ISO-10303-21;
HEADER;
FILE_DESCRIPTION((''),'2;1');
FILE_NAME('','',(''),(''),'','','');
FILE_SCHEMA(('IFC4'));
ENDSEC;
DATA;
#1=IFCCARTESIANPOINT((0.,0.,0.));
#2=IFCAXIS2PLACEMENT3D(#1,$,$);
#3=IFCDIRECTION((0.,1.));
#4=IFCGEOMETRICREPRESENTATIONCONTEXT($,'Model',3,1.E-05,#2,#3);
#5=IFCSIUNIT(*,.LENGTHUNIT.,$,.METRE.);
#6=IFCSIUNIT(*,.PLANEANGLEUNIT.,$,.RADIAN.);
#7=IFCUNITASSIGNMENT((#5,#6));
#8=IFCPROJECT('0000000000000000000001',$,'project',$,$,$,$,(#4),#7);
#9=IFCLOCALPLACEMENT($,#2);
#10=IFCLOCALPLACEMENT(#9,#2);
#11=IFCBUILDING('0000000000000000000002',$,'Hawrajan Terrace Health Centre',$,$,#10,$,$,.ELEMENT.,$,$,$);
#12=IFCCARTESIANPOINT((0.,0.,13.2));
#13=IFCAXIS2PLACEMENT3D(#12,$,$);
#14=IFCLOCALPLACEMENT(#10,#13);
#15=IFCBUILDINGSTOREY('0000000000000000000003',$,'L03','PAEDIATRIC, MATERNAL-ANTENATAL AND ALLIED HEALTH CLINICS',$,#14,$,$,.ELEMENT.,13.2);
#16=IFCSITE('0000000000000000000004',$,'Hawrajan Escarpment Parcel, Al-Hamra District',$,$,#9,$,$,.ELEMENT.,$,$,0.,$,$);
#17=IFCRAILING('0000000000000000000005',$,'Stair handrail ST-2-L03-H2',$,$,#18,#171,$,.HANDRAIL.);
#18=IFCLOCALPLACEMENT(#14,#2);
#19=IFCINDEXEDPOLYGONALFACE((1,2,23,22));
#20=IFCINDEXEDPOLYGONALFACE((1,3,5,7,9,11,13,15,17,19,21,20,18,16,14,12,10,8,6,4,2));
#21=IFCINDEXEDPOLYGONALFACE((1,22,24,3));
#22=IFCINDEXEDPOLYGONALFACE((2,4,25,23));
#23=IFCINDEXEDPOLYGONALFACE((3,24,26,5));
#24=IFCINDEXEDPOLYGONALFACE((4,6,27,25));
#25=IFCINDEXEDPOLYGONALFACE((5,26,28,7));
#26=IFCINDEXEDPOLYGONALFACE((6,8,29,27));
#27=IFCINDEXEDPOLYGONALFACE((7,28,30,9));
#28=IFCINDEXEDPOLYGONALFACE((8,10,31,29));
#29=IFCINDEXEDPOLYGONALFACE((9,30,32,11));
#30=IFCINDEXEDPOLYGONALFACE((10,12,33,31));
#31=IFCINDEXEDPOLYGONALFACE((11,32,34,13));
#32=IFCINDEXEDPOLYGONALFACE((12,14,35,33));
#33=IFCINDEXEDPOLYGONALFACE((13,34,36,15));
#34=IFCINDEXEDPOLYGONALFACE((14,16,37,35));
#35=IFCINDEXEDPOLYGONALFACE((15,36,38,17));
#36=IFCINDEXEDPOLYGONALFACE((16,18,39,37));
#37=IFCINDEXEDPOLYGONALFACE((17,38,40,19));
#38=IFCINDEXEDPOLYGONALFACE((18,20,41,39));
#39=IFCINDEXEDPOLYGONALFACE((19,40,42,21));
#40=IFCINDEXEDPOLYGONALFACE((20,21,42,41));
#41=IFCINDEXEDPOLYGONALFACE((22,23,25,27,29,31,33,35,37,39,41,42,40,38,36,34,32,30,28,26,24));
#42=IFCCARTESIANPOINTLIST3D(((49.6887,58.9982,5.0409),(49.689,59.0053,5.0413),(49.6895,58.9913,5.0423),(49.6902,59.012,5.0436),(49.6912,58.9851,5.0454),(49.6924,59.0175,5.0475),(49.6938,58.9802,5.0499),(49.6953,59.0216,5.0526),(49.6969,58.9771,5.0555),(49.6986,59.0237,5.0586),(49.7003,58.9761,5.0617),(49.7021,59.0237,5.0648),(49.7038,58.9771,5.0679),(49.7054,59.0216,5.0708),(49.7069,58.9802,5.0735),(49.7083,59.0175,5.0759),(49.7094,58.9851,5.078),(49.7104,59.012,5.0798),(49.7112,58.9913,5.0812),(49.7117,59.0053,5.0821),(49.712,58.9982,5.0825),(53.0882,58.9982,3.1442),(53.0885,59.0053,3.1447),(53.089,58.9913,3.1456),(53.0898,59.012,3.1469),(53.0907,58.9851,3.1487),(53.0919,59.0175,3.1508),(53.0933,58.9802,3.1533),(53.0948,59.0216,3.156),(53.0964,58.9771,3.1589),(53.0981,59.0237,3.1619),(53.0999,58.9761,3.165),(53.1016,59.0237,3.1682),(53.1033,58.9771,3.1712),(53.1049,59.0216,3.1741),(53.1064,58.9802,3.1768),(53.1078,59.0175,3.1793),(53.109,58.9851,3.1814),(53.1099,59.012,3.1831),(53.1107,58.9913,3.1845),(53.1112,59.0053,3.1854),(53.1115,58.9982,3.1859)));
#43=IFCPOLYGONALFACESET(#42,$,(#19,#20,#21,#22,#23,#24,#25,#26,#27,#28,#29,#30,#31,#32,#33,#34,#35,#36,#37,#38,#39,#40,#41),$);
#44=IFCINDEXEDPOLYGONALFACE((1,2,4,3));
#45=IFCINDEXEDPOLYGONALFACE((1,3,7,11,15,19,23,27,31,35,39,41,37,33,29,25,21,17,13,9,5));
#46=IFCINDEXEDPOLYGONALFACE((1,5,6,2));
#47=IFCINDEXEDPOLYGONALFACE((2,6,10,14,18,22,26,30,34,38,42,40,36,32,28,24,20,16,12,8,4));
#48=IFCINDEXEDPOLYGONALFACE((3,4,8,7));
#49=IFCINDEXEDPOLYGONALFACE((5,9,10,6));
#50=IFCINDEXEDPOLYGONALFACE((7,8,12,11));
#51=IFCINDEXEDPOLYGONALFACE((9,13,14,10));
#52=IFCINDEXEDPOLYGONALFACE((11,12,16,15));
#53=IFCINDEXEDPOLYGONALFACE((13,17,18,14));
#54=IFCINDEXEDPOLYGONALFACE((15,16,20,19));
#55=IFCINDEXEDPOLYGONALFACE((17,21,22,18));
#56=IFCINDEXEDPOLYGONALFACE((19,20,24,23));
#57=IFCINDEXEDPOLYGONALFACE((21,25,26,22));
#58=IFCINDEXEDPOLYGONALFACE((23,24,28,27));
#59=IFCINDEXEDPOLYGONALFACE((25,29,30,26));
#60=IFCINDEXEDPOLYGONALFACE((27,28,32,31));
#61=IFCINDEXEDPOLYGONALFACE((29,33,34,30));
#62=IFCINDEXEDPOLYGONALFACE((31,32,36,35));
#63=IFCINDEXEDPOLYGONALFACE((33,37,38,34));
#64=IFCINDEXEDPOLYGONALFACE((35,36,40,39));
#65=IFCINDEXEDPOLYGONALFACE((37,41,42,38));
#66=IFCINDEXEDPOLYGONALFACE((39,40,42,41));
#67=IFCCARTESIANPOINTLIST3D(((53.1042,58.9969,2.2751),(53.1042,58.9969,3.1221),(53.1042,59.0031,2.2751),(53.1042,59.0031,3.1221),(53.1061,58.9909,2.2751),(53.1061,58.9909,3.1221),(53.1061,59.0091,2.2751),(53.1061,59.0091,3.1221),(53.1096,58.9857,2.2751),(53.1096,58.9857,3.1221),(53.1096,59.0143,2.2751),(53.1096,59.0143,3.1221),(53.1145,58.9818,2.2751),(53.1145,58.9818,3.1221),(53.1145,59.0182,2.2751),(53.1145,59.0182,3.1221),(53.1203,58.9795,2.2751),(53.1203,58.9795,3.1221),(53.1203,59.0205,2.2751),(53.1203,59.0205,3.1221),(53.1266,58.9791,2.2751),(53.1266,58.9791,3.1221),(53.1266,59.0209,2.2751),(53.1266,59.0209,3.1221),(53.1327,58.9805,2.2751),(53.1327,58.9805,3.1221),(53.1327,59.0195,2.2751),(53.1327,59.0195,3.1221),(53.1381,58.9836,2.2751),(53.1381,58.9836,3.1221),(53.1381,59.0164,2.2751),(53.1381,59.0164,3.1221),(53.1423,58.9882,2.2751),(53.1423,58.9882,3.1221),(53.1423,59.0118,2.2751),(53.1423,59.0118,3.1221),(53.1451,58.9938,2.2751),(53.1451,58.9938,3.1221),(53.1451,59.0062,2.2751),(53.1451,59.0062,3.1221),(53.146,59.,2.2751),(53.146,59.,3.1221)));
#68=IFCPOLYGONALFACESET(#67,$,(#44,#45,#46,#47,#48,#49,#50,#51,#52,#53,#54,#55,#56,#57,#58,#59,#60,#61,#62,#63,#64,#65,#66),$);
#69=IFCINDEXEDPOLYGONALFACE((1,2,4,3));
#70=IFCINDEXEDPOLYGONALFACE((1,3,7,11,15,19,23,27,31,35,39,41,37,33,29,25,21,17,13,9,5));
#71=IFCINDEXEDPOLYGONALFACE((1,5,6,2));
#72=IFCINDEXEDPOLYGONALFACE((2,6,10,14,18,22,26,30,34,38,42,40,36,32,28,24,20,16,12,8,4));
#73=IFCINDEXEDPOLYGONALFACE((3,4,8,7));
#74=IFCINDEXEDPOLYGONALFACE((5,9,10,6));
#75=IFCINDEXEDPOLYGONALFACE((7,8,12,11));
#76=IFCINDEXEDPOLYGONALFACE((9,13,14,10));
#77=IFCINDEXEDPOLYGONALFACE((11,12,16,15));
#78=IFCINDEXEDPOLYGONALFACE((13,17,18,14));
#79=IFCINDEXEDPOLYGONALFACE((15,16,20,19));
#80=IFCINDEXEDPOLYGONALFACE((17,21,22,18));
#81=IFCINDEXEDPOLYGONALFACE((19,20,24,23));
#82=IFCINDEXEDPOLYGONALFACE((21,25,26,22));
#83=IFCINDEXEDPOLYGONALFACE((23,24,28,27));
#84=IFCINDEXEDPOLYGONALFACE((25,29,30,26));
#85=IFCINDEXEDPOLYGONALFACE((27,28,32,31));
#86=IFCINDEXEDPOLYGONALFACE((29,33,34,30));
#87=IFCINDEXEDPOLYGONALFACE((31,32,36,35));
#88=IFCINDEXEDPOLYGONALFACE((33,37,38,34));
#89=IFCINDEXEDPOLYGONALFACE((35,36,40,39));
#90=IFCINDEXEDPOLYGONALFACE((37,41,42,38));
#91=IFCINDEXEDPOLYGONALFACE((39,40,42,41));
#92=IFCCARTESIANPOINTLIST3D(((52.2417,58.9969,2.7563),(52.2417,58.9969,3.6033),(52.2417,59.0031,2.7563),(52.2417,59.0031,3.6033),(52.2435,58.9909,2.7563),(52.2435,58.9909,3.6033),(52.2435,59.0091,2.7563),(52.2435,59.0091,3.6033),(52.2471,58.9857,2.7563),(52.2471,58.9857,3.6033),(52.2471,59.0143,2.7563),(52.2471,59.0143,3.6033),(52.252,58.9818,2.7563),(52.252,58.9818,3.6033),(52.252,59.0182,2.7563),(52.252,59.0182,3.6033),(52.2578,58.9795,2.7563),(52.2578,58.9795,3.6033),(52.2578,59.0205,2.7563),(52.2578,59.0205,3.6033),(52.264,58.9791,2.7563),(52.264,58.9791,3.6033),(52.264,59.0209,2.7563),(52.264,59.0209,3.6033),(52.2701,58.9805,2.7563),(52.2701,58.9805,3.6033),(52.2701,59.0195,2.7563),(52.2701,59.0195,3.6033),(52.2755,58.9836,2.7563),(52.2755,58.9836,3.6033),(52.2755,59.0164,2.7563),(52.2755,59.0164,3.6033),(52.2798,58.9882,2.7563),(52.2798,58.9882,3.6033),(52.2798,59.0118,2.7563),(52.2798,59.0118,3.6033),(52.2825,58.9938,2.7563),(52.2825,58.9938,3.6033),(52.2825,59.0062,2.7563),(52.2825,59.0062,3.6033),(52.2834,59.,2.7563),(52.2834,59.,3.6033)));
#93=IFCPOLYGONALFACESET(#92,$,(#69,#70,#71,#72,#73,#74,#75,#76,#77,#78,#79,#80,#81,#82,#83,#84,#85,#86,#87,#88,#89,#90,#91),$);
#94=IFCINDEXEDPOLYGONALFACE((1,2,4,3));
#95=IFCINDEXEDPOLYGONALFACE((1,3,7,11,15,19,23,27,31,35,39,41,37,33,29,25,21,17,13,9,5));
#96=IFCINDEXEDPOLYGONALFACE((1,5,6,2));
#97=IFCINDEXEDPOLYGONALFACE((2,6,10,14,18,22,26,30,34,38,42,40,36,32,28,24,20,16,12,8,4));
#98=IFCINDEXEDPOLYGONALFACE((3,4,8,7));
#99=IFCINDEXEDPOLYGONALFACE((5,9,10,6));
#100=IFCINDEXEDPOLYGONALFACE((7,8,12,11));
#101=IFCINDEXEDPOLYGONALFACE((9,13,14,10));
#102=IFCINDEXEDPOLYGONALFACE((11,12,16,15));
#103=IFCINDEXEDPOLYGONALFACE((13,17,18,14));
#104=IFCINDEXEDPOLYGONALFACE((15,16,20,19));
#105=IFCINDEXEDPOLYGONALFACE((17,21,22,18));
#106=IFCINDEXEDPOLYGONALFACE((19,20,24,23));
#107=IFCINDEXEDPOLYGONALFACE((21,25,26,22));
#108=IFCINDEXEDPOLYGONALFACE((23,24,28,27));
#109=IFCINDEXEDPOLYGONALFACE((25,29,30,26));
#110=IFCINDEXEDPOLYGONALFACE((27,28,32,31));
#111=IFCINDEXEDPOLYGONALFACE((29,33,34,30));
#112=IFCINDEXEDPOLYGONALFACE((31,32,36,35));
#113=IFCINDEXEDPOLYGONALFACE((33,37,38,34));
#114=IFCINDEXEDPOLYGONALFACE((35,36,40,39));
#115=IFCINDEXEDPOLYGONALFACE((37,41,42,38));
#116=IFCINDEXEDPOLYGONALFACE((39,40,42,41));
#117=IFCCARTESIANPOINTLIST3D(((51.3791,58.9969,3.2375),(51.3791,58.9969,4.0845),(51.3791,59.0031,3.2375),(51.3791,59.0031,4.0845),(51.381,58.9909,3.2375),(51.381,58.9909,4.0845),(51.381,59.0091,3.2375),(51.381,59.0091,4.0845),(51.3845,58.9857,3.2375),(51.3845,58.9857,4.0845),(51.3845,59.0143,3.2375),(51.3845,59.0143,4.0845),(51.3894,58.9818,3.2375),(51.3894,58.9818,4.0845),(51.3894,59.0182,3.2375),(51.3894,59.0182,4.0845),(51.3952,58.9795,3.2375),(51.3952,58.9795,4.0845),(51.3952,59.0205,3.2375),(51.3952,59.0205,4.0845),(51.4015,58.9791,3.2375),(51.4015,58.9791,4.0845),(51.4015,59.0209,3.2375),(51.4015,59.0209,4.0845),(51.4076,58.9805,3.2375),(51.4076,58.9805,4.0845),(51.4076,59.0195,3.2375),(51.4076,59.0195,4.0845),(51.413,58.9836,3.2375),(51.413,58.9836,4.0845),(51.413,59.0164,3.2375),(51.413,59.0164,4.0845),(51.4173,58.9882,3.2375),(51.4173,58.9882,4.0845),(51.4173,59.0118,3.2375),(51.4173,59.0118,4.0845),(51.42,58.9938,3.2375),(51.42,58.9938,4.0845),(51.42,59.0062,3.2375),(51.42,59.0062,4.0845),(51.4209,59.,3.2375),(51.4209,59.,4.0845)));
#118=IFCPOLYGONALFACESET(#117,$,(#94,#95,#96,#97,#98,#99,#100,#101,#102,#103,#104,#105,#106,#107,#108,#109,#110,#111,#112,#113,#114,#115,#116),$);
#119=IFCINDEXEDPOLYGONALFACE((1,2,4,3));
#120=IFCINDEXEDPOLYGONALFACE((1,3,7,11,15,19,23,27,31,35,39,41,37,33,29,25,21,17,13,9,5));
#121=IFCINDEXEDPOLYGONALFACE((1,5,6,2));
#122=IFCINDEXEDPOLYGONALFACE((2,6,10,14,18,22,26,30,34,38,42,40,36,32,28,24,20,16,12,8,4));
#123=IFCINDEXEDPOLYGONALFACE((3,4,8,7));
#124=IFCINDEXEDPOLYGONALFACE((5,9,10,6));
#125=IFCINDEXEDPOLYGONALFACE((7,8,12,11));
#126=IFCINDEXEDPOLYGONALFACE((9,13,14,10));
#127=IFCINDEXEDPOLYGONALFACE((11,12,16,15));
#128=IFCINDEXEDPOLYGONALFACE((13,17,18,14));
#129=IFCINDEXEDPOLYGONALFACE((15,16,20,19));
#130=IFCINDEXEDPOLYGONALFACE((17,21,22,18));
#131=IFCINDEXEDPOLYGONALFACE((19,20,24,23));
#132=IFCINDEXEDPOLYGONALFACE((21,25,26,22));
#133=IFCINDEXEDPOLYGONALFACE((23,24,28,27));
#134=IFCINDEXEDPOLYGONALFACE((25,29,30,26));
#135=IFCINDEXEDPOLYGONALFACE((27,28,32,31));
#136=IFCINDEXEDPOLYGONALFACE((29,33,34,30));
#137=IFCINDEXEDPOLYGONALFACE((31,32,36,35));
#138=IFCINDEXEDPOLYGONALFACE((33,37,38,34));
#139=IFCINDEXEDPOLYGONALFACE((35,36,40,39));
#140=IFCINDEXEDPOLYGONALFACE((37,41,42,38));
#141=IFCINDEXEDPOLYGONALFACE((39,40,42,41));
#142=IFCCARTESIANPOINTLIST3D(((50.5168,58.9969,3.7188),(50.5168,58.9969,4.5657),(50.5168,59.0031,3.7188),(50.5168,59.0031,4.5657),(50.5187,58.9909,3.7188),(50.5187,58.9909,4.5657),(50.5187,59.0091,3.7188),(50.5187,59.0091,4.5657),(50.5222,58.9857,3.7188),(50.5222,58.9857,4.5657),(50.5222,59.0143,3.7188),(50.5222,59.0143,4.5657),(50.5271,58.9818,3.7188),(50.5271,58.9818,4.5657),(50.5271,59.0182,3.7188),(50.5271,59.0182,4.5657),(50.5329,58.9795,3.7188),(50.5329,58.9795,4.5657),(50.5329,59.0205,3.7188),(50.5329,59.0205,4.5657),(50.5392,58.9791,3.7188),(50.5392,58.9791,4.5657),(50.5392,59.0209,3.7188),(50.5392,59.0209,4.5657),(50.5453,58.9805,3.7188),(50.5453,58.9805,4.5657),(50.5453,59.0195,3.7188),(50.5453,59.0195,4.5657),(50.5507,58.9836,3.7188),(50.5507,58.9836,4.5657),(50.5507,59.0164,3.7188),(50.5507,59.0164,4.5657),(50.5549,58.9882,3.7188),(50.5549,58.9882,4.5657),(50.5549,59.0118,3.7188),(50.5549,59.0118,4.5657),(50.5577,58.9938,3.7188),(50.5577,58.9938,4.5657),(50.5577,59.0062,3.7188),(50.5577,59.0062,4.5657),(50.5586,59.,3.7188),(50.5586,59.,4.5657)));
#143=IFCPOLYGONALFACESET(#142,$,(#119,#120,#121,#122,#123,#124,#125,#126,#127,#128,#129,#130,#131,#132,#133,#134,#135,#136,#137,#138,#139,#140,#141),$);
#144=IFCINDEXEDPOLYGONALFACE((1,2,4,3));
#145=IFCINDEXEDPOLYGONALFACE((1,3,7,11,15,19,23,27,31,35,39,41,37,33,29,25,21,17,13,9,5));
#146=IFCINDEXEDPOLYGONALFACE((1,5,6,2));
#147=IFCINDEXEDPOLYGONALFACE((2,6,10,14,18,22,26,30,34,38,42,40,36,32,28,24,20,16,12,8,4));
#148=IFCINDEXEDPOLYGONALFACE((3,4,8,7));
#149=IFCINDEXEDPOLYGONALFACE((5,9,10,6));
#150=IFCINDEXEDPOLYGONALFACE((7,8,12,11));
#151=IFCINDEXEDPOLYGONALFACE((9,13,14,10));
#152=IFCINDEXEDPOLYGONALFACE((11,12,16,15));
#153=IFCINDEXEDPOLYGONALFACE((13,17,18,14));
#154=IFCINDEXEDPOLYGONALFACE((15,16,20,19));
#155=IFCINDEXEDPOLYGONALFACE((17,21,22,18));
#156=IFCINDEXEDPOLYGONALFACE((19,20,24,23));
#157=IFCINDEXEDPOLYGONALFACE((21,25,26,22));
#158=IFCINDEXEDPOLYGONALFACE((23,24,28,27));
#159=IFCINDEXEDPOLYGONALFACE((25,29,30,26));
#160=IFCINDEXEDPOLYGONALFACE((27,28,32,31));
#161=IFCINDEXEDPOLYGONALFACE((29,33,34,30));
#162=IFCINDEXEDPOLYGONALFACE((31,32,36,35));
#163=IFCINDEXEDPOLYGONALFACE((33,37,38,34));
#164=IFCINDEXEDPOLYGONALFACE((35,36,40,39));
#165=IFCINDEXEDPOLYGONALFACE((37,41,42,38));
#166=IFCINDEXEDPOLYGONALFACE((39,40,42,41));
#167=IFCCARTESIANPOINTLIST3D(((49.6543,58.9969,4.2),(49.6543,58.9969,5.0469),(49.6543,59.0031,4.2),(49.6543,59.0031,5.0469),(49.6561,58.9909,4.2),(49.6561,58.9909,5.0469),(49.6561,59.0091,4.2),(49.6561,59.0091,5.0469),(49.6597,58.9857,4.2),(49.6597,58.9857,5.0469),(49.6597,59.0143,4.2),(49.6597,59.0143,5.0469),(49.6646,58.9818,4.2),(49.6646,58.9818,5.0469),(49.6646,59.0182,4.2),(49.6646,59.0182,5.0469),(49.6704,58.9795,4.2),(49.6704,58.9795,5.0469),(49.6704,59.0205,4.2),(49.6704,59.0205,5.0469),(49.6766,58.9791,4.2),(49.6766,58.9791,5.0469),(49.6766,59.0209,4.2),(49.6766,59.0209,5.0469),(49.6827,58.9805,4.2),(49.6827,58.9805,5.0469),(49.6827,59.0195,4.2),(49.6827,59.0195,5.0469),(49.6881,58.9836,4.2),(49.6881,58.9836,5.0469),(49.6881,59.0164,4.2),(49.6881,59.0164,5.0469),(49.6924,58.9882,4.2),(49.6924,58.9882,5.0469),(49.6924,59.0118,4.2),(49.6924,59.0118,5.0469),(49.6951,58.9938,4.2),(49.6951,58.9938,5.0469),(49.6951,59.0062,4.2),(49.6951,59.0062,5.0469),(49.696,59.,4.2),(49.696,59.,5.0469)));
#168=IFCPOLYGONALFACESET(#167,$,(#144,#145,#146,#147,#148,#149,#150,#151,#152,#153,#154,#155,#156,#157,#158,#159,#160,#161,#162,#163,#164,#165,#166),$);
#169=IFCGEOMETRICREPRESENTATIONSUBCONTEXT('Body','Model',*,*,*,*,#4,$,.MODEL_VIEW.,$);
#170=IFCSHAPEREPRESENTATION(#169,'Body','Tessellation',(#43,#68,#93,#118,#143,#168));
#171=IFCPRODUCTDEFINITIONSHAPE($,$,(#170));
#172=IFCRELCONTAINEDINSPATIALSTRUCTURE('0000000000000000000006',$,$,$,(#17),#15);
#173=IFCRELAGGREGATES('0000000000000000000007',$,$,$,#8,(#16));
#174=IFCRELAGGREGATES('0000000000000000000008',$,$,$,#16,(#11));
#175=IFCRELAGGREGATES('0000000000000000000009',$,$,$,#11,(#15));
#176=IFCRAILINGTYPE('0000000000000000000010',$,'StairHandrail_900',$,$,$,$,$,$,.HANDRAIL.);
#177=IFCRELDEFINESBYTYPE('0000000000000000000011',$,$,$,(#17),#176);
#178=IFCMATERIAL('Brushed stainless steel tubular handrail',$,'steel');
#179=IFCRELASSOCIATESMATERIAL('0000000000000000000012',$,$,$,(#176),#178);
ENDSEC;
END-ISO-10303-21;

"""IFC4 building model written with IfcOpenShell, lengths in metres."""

from ifc_helpers import new_model, si_unit, direction, frame, origin, origin_2d, place, context, subcontext, project, spatial, circle, extrude, material, type_object, element, save


model = new_model("IFC4")

# Units and contexts
model_context = context("Model", 3, precision=1e-05, world=origin(), true_north=direction((0.0, 1.0)))
body_context = subcontext(model_context, "Body", "Model", "MODEL_VIEW")
ifc_project = project(units=[si_unit("LENGTHUNIT", "METRE"), si_unit("PLANEANGLEUNIT", "RADIAN")], contexts=[model_context])

# Site, building, storey
site_placement = place(None, origin())
site = spatial("IfcSite", under=ifc_project, at=site_placement, Name="Hawrajan Escarpment Parcel, Al-Hamra District", CompositionType="ELEMENT", RefElevation=0.0)
building_placement = place(site_placement, origin())
building = spatial("IfcBuilding", under=site, at=building_placement, Name="Hawrajan Terrace Health Centre", CompositionType="ELEMENT")
storey_placement = place(building_placement, frame((0.0, 0.0, 13.2)))
storey = spatial("IfcBuildingStorey", under=building, at=storey_placement, Name="L03", Description="PAEDIATRIC, MATERNAL-ANTENATAL AND ALLIED HEALTH CLINICS", CompositionType="ELEMENT", Elevation=13.2)

# Railing
ifc_material_1 = material(Name="Brushed stainless steel tubular handrail", Category="steel")
railing_type_1 = type_object("IfcRailingType", Name="StairHandrail_900", PredefinedType="HANDRAIL", material=ifc_material_1)
railing_1_placement = place(storey_placement, frame((53.125, 59.0, 2.2751)))
element("IfcRailing", 1, at=railing_1_placement, inside=storey, type_object=railing_type_1, Name="Stair handrail ST-2-L03-H2", PredefinedType="HANDRAIL", context=body_context, shape_type="SweptSolid", body=[
    extrude(circle(Radius=0.0239, at=origin_2d()), frame((-0.0251, 0.0, 0.8899), z_axis=(-0.873278, 0.0, 0.487222), x_axis=(0.0, -1.0, 0.0)), (0.0, 0.0, 1.0), 3.8928),
    extrude(circle(Radius=0.021, at=origin_2d()), origin(), (0.0, 0.0, 1.0), 0.8469),
    extrude(circle(Radius=0.021, at=origin_2d()), frame((-0.8625, 0.0, 0.4812)), (0.0, 0.0, 1.0), 0.8469),
    extrude(circle(Radius=0.021, at=origin_2d()), frame((-1.7251, 0.0, 0.9624)), (0.0, 0.0, 1.0), 0.8469),
    extrude(circle(Radius=0.021, at=origin_2d()), frame((-2.5874, 0.0, 1.4436)), (0.0, 0.0, 1.0), 0.8469),
    extrude(circle(Radius=0.021, at=origin_2d()), frame((-3.45, 0.0, 1.9248)), (0.0, 0.0, 1.0), 0.8469),
])

save(model, "model.ifc")
